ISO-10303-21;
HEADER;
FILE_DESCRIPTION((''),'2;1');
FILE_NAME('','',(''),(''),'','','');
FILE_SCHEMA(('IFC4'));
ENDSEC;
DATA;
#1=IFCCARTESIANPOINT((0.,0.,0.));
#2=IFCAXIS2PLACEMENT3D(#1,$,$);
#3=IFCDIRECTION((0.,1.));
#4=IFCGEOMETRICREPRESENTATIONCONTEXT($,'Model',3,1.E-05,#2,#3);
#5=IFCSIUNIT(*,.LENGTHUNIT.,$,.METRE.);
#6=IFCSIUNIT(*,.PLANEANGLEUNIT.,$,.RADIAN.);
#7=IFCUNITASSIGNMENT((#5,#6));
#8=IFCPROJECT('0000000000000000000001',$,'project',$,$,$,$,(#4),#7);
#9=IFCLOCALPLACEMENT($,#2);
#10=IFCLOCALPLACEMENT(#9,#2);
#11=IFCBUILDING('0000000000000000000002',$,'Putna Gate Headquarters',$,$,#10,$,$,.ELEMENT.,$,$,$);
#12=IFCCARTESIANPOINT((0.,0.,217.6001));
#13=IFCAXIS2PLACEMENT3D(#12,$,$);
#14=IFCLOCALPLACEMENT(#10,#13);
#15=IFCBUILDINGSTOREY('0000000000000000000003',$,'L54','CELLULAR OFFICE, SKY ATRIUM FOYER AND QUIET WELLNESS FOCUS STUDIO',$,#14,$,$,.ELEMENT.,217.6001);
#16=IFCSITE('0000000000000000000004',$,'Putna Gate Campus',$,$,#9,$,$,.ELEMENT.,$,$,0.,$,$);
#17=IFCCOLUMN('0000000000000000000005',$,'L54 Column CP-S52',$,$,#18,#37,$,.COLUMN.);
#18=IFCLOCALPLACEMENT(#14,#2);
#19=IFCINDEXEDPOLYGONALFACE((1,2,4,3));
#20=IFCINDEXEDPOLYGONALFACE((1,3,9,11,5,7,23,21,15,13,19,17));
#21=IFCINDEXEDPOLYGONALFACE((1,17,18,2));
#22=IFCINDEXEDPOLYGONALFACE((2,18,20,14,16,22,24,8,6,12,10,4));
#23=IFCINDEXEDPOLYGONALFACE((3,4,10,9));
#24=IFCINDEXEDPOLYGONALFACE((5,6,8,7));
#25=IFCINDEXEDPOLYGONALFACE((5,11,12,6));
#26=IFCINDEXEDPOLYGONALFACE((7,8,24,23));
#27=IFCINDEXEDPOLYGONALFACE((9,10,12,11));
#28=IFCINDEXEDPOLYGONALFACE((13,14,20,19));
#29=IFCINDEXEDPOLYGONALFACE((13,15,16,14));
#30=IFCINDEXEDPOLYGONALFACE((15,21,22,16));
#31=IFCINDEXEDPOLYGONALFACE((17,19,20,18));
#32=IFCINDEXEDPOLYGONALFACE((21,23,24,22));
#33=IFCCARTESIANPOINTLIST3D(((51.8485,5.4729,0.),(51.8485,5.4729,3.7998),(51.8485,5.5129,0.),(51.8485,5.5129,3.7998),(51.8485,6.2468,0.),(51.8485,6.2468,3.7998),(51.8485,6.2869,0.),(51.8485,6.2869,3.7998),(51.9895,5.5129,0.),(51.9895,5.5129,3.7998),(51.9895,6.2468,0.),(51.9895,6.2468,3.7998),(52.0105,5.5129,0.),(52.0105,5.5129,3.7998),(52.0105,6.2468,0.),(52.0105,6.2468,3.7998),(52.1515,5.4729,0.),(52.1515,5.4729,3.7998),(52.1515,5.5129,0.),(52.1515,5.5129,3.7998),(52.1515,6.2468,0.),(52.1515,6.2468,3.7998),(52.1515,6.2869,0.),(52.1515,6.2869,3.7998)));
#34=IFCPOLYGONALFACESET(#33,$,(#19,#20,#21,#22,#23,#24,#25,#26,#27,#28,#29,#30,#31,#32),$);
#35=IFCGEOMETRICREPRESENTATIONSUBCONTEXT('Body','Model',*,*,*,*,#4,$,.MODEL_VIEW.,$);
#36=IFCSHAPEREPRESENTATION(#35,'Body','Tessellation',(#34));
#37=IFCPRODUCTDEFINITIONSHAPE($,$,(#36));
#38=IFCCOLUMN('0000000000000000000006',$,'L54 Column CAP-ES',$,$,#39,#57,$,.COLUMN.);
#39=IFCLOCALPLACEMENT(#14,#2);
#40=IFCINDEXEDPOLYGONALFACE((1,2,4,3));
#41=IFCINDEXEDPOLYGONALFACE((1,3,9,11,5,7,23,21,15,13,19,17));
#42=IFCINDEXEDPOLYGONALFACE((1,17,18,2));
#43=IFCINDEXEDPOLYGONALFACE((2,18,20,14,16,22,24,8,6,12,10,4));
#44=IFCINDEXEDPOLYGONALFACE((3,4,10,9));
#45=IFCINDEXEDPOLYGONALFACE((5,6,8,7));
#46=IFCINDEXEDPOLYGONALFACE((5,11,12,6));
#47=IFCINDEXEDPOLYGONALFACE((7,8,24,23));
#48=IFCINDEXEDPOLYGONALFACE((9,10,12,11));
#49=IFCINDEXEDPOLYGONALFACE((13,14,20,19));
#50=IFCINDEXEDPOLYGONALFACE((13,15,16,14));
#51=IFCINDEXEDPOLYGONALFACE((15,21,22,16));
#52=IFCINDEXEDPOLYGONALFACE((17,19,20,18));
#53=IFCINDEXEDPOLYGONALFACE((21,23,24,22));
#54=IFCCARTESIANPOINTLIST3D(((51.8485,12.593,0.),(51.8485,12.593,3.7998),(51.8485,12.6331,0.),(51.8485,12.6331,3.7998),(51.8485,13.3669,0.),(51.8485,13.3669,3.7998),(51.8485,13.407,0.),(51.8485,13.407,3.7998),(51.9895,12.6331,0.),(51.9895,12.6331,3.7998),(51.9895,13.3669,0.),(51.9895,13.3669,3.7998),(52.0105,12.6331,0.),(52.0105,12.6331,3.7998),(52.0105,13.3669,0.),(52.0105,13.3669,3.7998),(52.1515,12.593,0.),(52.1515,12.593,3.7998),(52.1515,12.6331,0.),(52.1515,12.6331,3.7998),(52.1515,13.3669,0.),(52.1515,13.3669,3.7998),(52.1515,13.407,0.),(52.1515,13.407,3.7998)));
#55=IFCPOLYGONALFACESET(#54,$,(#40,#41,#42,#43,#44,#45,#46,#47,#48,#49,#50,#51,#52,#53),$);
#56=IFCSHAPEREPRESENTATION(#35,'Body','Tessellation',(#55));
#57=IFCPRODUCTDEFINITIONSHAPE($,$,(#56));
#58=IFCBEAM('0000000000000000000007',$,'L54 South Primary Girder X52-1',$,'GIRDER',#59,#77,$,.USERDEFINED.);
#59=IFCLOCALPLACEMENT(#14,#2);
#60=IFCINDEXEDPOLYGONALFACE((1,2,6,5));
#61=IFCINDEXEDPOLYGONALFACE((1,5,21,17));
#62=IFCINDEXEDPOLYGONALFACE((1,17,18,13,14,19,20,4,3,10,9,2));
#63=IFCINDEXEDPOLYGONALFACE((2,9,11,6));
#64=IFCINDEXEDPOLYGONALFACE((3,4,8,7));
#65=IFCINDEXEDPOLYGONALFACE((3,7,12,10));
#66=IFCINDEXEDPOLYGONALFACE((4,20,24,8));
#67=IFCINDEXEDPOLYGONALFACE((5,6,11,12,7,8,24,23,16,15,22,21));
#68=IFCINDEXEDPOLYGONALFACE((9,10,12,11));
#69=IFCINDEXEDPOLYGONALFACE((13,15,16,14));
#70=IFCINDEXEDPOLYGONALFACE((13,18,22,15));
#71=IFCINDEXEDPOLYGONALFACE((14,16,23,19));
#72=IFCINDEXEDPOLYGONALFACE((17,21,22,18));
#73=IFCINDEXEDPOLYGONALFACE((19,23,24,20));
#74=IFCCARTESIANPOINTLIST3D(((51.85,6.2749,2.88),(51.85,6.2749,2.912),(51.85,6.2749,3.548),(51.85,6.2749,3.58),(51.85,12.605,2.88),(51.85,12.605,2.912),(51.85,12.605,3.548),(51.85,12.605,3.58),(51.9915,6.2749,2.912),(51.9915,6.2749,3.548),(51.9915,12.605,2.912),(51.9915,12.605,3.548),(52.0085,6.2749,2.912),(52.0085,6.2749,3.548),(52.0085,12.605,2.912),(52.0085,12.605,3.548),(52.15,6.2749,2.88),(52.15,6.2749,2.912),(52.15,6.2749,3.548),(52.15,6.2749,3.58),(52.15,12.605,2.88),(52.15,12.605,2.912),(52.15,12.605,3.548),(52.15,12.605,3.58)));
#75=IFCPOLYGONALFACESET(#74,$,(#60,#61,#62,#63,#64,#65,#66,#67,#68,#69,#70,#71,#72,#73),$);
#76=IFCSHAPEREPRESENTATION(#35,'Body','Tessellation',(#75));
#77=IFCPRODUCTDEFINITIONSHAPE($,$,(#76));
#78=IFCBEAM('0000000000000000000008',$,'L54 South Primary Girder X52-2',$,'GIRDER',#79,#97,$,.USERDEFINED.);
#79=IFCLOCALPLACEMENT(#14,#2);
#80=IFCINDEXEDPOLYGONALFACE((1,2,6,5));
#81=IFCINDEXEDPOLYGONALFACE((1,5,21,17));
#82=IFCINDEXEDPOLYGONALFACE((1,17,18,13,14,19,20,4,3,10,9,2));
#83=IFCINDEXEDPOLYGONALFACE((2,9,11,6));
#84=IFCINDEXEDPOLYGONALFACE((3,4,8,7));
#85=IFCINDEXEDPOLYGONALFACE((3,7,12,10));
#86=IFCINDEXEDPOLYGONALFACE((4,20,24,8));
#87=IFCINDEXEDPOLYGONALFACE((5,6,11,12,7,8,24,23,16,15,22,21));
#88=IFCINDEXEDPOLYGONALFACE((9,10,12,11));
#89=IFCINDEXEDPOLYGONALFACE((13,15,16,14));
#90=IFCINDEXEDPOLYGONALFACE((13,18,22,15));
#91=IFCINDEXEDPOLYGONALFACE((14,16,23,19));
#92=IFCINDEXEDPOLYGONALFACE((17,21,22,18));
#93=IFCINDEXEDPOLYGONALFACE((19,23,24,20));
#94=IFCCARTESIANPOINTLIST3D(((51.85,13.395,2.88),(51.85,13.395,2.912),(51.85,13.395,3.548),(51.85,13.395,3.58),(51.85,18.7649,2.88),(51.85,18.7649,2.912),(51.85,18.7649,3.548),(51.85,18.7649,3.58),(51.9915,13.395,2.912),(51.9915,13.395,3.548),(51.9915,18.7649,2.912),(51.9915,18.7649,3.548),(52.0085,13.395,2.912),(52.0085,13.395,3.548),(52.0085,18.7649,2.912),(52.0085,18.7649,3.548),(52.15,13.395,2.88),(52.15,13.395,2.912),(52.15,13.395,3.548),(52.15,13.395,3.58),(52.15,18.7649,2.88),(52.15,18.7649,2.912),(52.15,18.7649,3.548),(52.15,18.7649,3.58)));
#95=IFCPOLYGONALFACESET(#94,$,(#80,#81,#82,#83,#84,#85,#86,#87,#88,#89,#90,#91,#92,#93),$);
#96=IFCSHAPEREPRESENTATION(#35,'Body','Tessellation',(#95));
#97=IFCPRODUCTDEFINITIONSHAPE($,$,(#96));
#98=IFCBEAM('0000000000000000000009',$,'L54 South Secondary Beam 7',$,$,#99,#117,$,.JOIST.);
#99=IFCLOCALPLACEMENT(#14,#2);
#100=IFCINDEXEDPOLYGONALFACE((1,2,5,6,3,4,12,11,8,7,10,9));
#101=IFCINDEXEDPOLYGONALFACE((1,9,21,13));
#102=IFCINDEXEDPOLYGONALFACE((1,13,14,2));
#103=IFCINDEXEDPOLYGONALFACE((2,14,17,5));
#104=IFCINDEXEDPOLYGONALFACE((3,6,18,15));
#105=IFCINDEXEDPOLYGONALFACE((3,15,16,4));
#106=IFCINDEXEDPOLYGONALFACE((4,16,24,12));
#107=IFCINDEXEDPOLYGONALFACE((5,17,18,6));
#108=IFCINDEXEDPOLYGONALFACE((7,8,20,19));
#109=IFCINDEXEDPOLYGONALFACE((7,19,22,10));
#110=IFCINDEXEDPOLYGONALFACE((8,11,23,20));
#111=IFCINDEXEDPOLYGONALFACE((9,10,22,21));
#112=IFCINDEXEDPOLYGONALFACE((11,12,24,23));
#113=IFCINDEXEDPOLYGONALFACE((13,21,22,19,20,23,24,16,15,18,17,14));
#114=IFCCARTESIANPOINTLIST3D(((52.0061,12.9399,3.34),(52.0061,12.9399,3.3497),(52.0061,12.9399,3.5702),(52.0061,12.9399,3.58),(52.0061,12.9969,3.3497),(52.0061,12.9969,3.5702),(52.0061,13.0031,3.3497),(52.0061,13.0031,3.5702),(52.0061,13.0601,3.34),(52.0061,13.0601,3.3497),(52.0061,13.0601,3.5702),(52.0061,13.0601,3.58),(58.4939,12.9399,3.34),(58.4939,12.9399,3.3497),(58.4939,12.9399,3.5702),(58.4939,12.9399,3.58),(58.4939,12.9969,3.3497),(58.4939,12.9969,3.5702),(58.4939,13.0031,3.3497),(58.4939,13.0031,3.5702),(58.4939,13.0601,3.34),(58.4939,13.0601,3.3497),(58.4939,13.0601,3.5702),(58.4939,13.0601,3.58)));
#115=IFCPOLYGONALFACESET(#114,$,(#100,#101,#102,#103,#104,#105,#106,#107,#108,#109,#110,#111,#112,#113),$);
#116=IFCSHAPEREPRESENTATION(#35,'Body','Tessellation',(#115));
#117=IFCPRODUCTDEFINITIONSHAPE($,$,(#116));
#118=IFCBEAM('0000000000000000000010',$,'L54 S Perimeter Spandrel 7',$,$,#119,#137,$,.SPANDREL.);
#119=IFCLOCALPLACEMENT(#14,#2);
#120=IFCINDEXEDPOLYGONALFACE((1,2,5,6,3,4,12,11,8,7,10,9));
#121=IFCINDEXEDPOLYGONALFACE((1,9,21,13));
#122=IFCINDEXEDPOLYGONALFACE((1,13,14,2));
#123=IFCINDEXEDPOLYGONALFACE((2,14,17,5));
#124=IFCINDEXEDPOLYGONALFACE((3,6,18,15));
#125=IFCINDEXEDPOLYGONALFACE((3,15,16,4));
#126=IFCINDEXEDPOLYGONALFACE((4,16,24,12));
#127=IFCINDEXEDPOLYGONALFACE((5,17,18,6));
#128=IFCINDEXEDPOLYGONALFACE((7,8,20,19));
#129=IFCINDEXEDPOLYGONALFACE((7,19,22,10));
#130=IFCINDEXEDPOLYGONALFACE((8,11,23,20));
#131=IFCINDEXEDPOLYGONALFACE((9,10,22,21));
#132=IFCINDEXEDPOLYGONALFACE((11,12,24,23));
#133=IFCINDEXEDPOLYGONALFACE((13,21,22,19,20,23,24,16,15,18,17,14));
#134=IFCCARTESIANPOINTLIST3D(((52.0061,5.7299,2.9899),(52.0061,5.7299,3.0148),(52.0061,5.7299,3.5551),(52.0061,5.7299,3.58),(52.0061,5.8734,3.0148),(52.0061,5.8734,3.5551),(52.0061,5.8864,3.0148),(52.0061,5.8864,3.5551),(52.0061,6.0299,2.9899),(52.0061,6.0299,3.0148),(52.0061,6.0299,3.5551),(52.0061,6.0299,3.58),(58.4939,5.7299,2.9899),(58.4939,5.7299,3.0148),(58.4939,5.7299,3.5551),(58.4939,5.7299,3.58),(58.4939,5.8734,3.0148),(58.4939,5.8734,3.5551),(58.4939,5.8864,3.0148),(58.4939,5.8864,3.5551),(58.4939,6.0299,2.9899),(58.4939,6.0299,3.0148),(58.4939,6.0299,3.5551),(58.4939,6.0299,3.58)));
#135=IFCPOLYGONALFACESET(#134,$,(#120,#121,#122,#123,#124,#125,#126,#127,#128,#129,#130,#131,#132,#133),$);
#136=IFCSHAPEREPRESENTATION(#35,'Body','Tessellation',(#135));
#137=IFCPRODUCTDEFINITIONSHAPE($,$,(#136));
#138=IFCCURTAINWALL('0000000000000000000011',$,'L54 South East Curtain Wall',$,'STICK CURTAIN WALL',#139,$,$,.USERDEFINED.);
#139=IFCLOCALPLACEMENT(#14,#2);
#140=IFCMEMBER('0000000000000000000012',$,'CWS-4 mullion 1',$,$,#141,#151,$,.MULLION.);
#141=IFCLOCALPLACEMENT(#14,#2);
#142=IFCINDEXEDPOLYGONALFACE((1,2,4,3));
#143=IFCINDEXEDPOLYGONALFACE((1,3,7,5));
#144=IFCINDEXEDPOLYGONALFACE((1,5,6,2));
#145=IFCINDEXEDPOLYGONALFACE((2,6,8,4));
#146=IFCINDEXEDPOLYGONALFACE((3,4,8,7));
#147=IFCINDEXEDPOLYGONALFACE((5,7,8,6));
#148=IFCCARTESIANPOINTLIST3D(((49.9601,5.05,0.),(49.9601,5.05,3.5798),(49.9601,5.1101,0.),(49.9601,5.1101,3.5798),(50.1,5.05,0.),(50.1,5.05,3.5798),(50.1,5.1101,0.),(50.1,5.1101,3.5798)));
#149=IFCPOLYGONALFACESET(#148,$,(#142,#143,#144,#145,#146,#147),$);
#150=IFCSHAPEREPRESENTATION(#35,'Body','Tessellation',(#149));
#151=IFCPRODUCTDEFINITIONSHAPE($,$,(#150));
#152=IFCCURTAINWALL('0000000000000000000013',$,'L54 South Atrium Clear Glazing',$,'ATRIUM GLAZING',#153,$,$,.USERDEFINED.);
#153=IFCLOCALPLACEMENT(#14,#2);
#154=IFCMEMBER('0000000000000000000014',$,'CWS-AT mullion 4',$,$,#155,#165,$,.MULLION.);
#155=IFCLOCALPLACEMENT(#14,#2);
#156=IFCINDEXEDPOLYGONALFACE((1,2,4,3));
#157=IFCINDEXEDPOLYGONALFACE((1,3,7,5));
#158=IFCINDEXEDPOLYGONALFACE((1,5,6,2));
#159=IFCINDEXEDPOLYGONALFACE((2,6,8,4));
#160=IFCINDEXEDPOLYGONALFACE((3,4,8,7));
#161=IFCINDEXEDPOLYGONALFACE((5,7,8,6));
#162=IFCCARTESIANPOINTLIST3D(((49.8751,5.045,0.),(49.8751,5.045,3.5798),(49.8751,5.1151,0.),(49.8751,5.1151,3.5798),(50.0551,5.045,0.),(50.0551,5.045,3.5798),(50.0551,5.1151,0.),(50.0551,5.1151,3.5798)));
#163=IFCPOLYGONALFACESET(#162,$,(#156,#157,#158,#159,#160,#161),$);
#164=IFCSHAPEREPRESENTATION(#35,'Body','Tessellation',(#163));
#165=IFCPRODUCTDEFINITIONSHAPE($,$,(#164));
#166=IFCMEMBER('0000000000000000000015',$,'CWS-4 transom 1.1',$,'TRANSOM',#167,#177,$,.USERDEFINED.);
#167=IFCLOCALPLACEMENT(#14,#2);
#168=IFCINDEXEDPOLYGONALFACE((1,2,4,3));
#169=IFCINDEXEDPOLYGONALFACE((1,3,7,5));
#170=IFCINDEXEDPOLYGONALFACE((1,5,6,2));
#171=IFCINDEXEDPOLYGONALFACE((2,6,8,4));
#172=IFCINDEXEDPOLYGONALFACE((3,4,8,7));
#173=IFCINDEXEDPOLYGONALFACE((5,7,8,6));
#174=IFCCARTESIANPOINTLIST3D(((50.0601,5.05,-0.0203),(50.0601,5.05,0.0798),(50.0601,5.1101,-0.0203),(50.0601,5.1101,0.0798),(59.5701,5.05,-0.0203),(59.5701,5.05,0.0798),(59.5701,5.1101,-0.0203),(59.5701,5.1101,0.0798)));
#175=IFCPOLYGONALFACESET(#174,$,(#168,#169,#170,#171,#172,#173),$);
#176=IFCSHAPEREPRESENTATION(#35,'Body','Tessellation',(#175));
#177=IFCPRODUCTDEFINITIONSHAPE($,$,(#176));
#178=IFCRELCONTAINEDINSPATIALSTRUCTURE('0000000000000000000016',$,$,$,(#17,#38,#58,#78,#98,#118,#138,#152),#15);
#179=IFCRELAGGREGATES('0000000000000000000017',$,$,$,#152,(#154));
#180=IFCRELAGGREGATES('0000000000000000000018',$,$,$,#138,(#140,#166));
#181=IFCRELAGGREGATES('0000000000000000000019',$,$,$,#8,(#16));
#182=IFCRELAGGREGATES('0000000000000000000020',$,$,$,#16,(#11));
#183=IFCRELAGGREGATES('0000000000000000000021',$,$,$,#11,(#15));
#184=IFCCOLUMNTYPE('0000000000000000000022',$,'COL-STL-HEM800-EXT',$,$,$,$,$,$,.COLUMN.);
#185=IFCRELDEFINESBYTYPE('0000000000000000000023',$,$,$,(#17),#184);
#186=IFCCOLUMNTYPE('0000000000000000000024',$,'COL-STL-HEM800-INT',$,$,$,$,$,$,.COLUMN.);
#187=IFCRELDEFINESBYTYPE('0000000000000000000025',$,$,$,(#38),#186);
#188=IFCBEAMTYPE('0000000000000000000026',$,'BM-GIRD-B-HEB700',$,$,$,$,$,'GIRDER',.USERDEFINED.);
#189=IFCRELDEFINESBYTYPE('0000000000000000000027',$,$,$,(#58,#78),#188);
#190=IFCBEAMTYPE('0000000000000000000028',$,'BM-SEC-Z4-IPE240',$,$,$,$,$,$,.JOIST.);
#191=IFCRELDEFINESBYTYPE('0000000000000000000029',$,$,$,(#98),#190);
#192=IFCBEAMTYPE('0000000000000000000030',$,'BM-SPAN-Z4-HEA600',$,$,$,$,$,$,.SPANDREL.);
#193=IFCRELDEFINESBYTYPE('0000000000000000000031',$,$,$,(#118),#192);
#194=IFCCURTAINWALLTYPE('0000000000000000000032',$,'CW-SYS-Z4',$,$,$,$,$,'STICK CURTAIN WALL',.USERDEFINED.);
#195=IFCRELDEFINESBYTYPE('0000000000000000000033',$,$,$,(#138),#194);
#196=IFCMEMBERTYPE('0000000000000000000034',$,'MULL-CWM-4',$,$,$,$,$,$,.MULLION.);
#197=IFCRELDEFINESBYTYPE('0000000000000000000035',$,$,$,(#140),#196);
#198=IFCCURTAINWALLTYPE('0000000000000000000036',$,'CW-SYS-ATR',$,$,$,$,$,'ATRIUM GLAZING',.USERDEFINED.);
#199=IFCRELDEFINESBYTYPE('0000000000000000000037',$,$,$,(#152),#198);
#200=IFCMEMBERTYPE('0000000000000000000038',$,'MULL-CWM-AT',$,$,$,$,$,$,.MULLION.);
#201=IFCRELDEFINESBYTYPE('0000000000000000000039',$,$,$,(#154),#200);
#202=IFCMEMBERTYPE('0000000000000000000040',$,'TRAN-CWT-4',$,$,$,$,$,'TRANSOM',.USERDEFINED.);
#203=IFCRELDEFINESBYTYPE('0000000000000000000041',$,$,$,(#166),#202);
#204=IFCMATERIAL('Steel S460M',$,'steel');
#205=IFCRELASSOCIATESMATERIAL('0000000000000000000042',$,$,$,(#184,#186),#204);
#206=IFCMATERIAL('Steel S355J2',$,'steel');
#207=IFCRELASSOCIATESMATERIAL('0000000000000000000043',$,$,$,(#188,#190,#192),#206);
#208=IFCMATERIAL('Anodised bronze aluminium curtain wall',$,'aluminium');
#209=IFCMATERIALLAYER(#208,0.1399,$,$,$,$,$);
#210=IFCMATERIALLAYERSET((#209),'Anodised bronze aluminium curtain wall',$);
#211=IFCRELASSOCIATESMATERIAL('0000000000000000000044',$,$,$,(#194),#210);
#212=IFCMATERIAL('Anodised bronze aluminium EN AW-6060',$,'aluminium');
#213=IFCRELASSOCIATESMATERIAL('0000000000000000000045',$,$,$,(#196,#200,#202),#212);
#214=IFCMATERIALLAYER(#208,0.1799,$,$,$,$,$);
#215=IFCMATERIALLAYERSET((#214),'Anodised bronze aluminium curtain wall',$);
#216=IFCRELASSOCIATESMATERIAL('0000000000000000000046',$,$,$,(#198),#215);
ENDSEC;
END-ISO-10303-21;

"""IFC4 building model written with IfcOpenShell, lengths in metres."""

from ifc_helpers import new_model, si_unit, direction, frame, origin, origin_2d, place, context, subcontext, project, spatial, rectangle, i_section, extrude, material, layer, layer_set, material_profile, profile_set, type_object, element, aggregate, save


model = new_model("IFC4")

# Units and contexts
model_context = context("Model", 3, precision=1e-05, world=origin(), true_north=direction((0.0, 1.0)))
body_context = subcontext(model_context, "Body", "Model", "MODEL_VIEW")
ifc_project = project(units=[si_unit("LENGTHUNIT", "METRE"), si_unit("PLANEANGLEUNIT", "RADIAN")], contexts=[model_context])

# Site, building, storey
site_placement = place(None, origin())
site = spatial("IfcSite", under=ifc_project, at=site_placement, Name="Putna Gate Campus", CompositionType="ELEMENT", RefElevation=0.0)
building_placement = place(site_placement, origin())
building = spatial("IfcBuilding", under=site, at=building_placement, Name="Putna Gate Headquarters", CompositionType="ELEMENT")
storey_placement = place(building_placement, frame((0.0, 0.0, 217.6001)))
storey = spatial("IfcBuildingStorey", under=building, at=storey_placement, Name="L54", Description="CELLULAR OFFICE, SKY ATRIUM FOYER AND QUIET WELLNESS FOCUS STUDIO", CompositionType="ELEMENT", Elevation=217.6001)

# Columns
ifc_material_1 = material(Name="Steel S460M", Category="steel")
ifc_material_profile_1 = material_profile(ifc_material_1, i_section(OverallWidth=0.303, OverallDepth=0.814, WebThickness=0.021, FlangeThickness=0.04, at=origin_2d()), Name="Steel S460M")
ifc_profile_set_1 = profile_set([ifc_material_profile_1], Name="Steel S460M")
column_type_1 = type_object("IfcColumnType", Name="COL-STL-HEM800-EXT", PredefinedType="COLUMN", material=ifc_profile_set_1)
column_1_placement = place(storey_placement, frame((52.0, 5.8799, 0.0), z_axis=(0.0, 0.0, 1.0), x_axis=(1.0, 0.0, 0.0)))
element("IfcColumn", 1, at=column_1_placement, inside=storey, type_object=column_type_1, Name="L54 Column CP-S52", PredefinedType="COLUMN", context=body_context, shape_type="SweptSolid", body=[
    extrude(i_section(OverallWidth=0.303, OverallDepth=0.814, WebThickness=0.021, FlangeThickness=0.04, at=origin_2d()), origin(), (0.0, 0.0, 1.0), 3.7998),
])
ifc_material_profile_2 = material_profile(ifc_material_1, i_section(OverallWidth=0.303, OverallDepth=0.814, WebThickness=0.021, FlangeThickness=0.04, at=origin_2d()), Name="Steel S460M")
ifc_profile_set_2 = profile_set([ifc_material_profile_2], Name="Steel S460M")
column_type_2 = type_object("IfcColumnType", Name="COL-STL-HEM800-INT", PredefinedType="COLUMN", material=ifc_profile_set_2)
column_2_placement = place(storey_placement, frame((52.0, 13.0, 0.0), z_axis=(0.0, 0.0, 1.0), x_axis=(1.0, 0.0, 0.0)))
element("IfcColumn", 2, at=column_2_placement, inside=storey, type_object=column_type_2, Name="L54 Column CAP-ES", PredefinedType="COLUMN", context=body_context, shape_type="SweptSolid", body=[
    extrude(i_section(OverallWidth=0.303, OverallDepth=0.814, WebThickness=0.021, FlangeThickness=0.04, at=origin_2d()), origin(), (0.0, 0.0, 1.0), 3.7998),
])

# Beams
ifc_material_2 = material(Name="Steel S355J2", Category="steel")
ifc_material_profile_3 = material_profile(ifc_material_2, i_section(OverallWidth=0.3, OverallDepth=0.7, WebThickness=0.0171, FlangeThickness=0.032, at=origin_2d()), Name="Steel S355J2")
ifc_profile_set_3 = profile_set([ifc_material_profile_3], Name="Steel S355J2")
beam_type_1 = type_object("IfcBeamType", Name="BM-GIRD-B-HEB700", ElementType="GIRDER", PredefinedType="USERDEFINED", material=ifc_profile_set_3)
beam_1_placement = place(storey_placement, frame((52.0, 6.2749, 3.23), z_axis=(0.0, 1.0, 0.0), x_axis=(-1.0, 0.0, 0.0)))
element("IfcBeam", 3, at=beam_1_placement, inside=storey, type_object=beam_type_1, Name="L54 South Primary Girder X52-1", ObjectType="GIRDER", PredefinedType="USERDEFINED", context=body_context, shape_type="SweptSolid", body=[
    extrude(i_section(OverallWidth=0.3, OverallDepth=0.7, WebThickness=0.0171, FlangeThickness=0.032, at=origin_2d()), origin(), (0.0, 0.0, 1.0), 6.3301),
])
beam_2_placement = place(storey_placement, frame((52.0, 13.395, 3.23), z_axis=(0.0, 1.0, 0.0), x_axis=(-1.0, 0.0, 0.0)))
element("IfcBeam", 4, at=beam_2_placement, inside=storey, type_object=beam_type_1, Name="L54 South Primary Girder X52-2", ObjectType="GIRDER", PredefinedType="USERDEFINED", context=body_context, shape_type="SweptSolid", body=[
    extrude(i_section(OverallWidth=0.3, OverallDepth=0.7, WebThickness=0.0171, FlangeThickness=0.032, at=origin_2d()), origin(), (0.0, 0.0, 1.0), 5.3699),
])
ifc_material_profile_4 = material_profile(ifc_material_2, i_section(OverallWidth=0.1201, OverallDepth=0.24, WebThickness=0.0061, FlangeThickness=0.0098, at=origin_2d()), Name="Steel S355J2")
ifc_profile_set_4 = profile_set([ifc_material_profile_4], Name="Steel S355J2")
beam_type_2 = type_object("IfcBeamType", Name="BM-SEC-Z4-IPE240", PredefinedType="JOIST", material=ifc_profile_set_4)
beam_3_placement = place(storey_placement, frame((52.0061, 13.0, 3.46), z_axis=(1.0, 0.0, 0.0), x_axis=(0.0, 1.0, 0.0)))
element("IfcBeam", 5, at=beam_3_placement, inside=storey, type_object=beam_type_2, Name="L54 South Secondary Beam 7", PredefinedType="JOIST", context=body_context, shape_type="SweptSolid", body=[
    extrude(i_section(OverallWidth=0.1201, OverallDepth=0.24, WebThickness=0.0061, FlangeThickness=0.0098, at=origin_2d()), origin(), (0.0, 0.0, 1.0), 6.4878),
])
ifc_material_profile_5 = material_profile(ifc_material_2, i_section(OverallWidth=0.3, OverallDepth=0.5901, WebThickness=0.0129, FlangeThickness=0.0249, at=origin_2d()), Name="Steel S355J2")
ifc_profile_set_5 = profile_set([ifc_material_profile_5], Name="Steel S355J2")
beam_type_3 = type_object("IfcBeamType", Name="BM-SPAN-Z4-HEA600", PredefinedType="SPANDREL", material=ifc_profile_set_5)
beam_4_placement = place(storey_placement, frame((52.0061, 5.8799, 3.2849), z_axis=(1.0, 0.0, 0.0), x_axis=(0.0, 1.0, 0.0)))
element("IfcBeam", 6, at=beam_4_placement, inside=storey, type_object=beam_type_3, Name="L54 S Perimeter Spandrel 7", PredefinedType="SPANDREL", context=body_context, shape_type="SweptSolid", body=[
    extrude(i_section(OverallWidth=0.3, OverallDepth=0.5901, WebThickness=0.0129, FlangeThickness=0.0249, at=origin_2d()), origin(), (0.0, 0.0, 1.0), 6.4878),
])

# Curtain walls, members
ifc_material_3 = material(Name="Anodised bronze aluminium curtain wall", Category="aluminium")
ifc_layer_1 = layer(ifc_material_3, 0.1399)
ifc_layer_set_1 = layer_set([ifc_layer_1], Name="Anodised bronze aluminium curtain wall")
curtain_wall_type_1 = type_object("IfcCurtainWallType", Name="CW-SYS-Z4", ElementType="STICK CURTAIN WALL", PredefinedType="USERDEFINED", material=ifc_layer_set_1)
curtain_wall_1_placement = place(storey_placement, origin())
curtain_wall_1 = element("IfcCurtainWall", 7, at=curtain_wall_1_placement, inside=storey, type_object=curtain_wall_type_1, Name="L54 South East Curtain Wall", ObjectType="STICK CURTAIN WALL", PredefinedType="USERDEFINED")
ifc_material_4 = material(Name="Anodised bronze aluminium EN AW-6060", Category="aluminium")
ifc_material_profile_6 = material_profile(ifc_material_4, rectangle(XDim=0.0601, YDim=0.1399, at=origin_2d()), Name="Anodised bronze aluminium EN AW-6060")
ifc_profile_set_6 = profile_set([ifc_material_profile_6], Name="Anodised bronze aluminium EN AW-6060")
member_type_1 = type_object("IfcMemberType", Name="MULL-CWM-4", PredefinedType="MULLION", material=ifc_profile_set_6)
member_1_placement = place(storey_placement, frame((50.03, 5.0801, 0.0), z_axis=(0.0, 0.0, 1.0), x_axis=(0.0, 1.0, 0.0)))
member_1 = element("IfcMember", 8, at=member_1_placement, type_object=member_type_1, Name="CWS-4 mullion 1", PredefinedType="MULLION", context=body_context, shape_type="SweptSolid", body=[
    extrude(rectangle(XDim=0.0601, YDim=0.1399, at=origin_2d()), origin(), (0.0, 0.0, 1.0), 3.5798),
])
ifc_layer_2 = layer(ifc_material_3, 0.1799)
ifc_layer_set_2 = layer_set([ifc_layer_2], Name="Anodised bronze aluminium curtain wall")
curtain_wall_type_2 = type_object("IfcCurtainWallType", Name="CW-SYS-ATR", ElementType="ATRIUM GLAZING", PredefinedType="USERDEFINED", material=ifc_layer_set_2)
curtain_wall_2_placement = place(storey_placement, origin())
curtain_wall_2 = element("IfcCurtainWall", 9, at=curtain_wall_2_placement, inside=storey, type_object=curtain_wall_type_2, Name="L54 South Atrium Clear Glazing", ObjectType="ATRIUM GLAZING", PredefinedType="USERDEFINED")
ifc_material_profile_7 = material_profile(ifc_material_4, rectangle(XDim=0.0701, YDim=0.1799, at=origin_2d()), Name="Anodised bronze aluminium EN AW-6060")
ifc_profile_set_7 = profile_set([ifc_material_profile_7], Name="Anodised bronze aluminium EN AW-6060")
member_type_2 = type_object("IfcMemberType", Name="MULL-CWM-AT", PredefinedType="MULLION", material=ifc_profile_set_7)
member_2_placement = place(storey_placement, frame((49.9651, 5.0801, 0.0), z_axis=(0.0, 0.0, 1.0), x_axis=(0.0, 1.0, 0.0)))
member_2 = element("IfcMember", 10, at=member_2_placement, type_object=member_type_2, Name="CWS-AT mullion 4", PredefinedType="MULLION", context=body_context, shape_type="SweptSolid", body=[
    extrude(rectangle(XDim=0.0701, YDim=0.1799, at=origin_2d()), origin(), (0.0, 0.0, 1.0), 3.5798),
])
aggregate(curtain_wall_2, [member_2])

# Member
ifc_material_profile_8 = material_profile(ifc_material_4, rectangle(XDim=0.0601, YDim=0.1001, at=origin_2d()), Name="Anodised bronze aluminium EN AW-6060")
ifc_profile_set_8 = profile_set([ifc_material_profile_8], Name="Anodised bronze aluminium EN AW-6060")
member_type_3 = type_object("IfcMemberType", Name="TRAN-CWT-4", ElementType="TRANSOM", PredefinedType="USERDEFINED", material=ifc_profile_set_8)
member_3_placement = place(storey_placement, frame((50.0601, 5.0801, 0.0298), z_axis=(1.0, 0.0, 0.0), x_axis=(0.0, 1.0, 0.0)))
member_3 = element("IfcMember", 11, at=member_3_placement, type_object=member_type_3, Name="CWS-4 transom 1.1", ObjectType="TRANSOM", PredefinedType="USERDEFINED", context=body_context, shape_type="SweptSolid", body=[
    extrude(rectangle(XDim=0.0601, YDim=0.1001, at=origin_2d()), origin(), (0.0, 0.0, 1.0), 9.51),
])

aggregate(curtain_wall_1, [member_1, member_3])

save(model, "model.ifc")
